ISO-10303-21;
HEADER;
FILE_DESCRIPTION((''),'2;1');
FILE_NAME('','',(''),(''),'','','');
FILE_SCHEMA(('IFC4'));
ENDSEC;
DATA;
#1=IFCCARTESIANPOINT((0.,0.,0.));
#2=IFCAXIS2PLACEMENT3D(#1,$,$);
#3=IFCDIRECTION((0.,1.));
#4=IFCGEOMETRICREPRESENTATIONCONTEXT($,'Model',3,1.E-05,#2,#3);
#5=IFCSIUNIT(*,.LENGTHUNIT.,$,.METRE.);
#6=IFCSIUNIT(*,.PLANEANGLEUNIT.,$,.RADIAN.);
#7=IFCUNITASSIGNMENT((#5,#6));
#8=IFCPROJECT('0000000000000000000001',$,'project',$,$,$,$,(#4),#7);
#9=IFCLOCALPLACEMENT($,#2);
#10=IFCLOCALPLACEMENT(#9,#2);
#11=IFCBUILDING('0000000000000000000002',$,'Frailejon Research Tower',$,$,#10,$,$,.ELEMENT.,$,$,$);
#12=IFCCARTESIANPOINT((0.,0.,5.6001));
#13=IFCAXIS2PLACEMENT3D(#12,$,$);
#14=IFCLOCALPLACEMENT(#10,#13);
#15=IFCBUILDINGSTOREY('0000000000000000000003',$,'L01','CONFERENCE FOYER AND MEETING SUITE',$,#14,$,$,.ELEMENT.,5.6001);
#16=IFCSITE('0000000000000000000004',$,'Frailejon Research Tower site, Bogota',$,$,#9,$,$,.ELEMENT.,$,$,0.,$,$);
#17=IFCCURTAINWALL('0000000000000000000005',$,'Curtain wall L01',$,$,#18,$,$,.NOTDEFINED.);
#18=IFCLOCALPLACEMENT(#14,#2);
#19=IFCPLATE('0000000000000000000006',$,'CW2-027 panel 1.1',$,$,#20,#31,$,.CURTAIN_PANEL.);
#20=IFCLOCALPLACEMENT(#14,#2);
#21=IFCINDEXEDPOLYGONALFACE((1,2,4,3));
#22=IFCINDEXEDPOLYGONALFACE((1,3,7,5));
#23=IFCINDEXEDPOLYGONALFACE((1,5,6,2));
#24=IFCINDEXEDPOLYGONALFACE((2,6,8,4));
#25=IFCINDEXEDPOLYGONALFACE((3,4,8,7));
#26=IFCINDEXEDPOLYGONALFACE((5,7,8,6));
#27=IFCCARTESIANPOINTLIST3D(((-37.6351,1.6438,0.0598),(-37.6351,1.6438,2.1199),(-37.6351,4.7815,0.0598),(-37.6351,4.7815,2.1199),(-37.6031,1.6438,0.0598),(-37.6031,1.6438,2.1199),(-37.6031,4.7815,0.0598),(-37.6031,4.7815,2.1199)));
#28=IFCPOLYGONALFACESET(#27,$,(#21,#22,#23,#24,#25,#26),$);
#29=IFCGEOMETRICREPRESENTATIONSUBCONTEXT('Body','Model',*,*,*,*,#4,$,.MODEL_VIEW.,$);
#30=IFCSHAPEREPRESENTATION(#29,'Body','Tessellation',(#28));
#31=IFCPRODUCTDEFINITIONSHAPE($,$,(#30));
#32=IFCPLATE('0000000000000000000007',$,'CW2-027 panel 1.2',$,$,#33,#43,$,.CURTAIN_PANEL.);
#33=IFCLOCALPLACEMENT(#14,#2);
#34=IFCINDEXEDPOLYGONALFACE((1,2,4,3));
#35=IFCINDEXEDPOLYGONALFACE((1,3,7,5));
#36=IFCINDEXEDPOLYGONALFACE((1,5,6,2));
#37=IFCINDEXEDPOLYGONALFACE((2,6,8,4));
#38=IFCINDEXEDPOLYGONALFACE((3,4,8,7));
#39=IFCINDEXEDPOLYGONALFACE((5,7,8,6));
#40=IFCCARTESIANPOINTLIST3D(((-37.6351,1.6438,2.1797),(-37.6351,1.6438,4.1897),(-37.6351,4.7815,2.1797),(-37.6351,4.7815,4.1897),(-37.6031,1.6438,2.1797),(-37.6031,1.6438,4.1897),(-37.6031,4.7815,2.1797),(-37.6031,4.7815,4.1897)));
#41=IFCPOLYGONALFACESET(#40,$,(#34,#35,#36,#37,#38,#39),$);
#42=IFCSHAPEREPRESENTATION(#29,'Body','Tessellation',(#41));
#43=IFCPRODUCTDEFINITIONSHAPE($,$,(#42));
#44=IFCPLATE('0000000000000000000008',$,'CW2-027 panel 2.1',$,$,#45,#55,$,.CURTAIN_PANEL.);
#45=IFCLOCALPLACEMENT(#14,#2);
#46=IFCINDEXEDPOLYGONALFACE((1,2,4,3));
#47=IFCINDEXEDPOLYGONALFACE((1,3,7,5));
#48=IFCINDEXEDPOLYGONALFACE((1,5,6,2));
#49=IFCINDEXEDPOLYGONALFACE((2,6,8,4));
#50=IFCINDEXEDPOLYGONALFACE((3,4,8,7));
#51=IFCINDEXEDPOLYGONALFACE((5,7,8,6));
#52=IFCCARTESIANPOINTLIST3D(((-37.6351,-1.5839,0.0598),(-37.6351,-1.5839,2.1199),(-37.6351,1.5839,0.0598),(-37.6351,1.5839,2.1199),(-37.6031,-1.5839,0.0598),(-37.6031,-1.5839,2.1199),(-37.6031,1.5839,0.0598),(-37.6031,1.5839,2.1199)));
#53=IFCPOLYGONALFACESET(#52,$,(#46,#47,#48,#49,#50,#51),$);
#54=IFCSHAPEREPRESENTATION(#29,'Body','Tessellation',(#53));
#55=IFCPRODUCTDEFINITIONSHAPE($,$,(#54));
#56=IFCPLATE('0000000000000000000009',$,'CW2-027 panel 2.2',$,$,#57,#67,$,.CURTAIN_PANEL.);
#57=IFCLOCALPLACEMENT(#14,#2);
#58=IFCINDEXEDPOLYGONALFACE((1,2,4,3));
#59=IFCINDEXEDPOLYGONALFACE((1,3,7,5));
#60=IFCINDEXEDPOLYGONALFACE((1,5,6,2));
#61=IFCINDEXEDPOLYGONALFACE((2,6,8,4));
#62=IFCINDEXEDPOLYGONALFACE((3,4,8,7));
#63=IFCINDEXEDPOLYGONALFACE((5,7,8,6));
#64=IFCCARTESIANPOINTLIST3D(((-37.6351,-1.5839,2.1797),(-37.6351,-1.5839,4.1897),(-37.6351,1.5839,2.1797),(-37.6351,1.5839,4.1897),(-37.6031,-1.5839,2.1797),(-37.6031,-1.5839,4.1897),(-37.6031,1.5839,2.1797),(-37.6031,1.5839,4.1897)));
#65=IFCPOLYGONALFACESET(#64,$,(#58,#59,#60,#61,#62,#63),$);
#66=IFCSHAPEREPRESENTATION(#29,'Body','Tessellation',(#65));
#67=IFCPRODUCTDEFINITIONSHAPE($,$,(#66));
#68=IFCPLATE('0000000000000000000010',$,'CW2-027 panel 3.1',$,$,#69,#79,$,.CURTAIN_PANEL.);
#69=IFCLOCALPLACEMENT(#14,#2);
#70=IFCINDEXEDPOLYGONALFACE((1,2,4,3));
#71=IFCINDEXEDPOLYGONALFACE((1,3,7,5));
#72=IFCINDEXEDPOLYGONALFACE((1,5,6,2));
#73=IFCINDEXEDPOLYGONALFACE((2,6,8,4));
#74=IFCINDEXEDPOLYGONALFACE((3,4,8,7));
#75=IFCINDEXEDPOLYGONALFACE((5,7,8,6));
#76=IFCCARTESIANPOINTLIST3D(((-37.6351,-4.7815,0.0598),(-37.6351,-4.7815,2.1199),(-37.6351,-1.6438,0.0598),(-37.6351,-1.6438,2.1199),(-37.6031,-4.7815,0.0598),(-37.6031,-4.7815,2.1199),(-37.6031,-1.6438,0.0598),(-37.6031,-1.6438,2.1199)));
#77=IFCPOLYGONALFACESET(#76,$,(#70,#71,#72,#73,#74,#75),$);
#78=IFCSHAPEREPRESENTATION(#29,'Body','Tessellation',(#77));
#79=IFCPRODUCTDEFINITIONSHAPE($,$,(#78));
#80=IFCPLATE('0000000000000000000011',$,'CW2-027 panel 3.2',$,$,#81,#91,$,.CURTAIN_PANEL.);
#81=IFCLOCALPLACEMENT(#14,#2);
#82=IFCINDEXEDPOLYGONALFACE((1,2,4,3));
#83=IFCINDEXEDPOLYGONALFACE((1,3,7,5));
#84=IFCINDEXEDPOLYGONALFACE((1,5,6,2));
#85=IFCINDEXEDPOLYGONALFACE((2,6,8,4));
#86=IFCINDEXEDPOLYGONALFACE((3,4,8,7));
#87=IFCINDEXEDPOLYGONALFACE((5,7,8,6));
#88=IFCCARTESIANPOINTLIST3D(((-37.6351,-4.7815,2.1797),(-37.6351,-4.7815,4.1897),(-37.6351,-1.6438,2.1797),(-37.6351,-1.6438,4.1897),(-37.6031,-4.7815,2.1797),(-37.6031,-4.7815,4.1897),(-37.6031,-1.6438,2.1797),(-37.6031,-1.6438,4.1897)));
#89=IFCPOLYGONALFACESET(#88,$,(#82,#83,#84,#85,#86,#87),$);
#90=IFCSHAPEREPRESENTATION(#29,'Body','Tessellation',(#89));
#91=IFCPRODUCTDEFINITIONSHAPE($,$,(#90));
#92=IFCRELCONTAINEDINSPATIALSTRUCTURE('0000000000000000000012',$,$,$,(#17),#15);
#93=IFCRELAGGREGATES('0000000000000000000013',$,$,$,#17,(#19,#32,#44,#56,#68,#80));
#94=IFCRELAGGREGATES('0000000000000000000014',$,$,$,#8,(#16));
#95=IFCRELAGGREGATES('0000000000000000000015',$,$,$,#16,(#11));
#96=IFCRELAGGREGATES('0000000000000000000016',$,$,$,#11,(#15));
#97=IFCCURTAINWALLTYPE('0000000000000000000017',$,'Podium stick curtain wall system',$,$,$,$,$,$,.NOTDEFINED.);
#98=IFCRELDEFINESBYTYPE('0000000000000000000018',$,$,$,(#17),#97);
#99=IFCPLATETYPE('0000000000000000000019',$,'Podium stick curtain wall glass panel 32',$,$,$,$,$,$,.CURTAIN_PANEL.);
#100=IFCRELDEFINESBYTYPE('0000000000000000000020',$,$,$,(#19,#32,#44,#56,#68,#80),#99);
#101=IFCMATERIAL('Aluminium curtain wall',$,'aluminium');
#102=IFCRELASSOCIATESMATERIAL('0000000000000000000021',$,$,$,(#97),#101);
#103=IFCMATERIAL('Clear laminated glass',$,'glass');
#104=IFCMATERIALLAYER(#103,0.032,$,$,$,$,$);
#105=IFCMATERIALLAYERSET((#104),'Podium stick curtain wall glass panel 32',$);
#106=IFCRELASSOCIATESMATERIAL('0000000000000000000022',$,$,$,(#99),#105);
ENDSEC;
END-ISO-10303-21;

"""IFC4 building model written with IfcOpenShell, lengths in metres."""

from ifc_helpers import new_model, si_unit, direction, frame, origin, origin_2d, place, context, subcontext, project, spatial, rectangle, extrude, material, layer, layer_set, type_object, element, aggregate, save


model = new_model("IFC4")

# Units and contexts
model_context = context("Model", 3, precision=1e-05, world=origin(), true_north=direction((0.0, 1.0)))
body_context = subcontext(model_context, "Body", "Model", "MODEL_VIEW")
ifc_project = project(units=[si_unit("LENGTHUNIT", "METRE"), si_unit("PLANEANGLEUNIT", "RADIAN")], contexts=[model_context])

# Site, building, storey
site_placement = place(None, origin())
site = spatial("IfcSite", under=ifc_project, at=site_placement, Name="Frailejon Research Tower site, Bogota", CompositionType="ELEMENT", RefElevation=0.0)
building_placement = place(site_placement, origin())
building = spatial("IfcBuilding", under=site, at=building_placement, Name="Frailejon Research Tower", CompositionType="ELEMENT")
storey_placement = place(building_placement, frame((0.0, 0.0, 5.6001)))
storey = spatial("IfcBuildingStorey", under=building, at=storey_placement, Name="L01", Description="CONFERENCE FOYER AND MEETING SUITE", CompositionType="ELEMENT", Elevation=5.6001)

# Curtain wall, plates
ifc_material_1 = material(Name="Aluminium curtain wall", Category="aluminium")
curtain_wall_type = type_object("IfcCurtainWallType", Name="Podium stick curtain wall system", PredefinedType="NOTDEFINED", material=ifc_material_1)
curtain_wall_placement = place(storey_placement, origin())
curtain_wall = element("IfcCurtainWall", 1, at=curtain_wall_placement, inside=storey, type_object=curtain_wall_type, Name="Curtain wall L01", PredefinedType="NOTDEFINED")
ifc_material_2 = material(Name="Clear laminated glass", Category="glass")
ifc_layer = layer(ifc_material_2, 0.032)
ifc_layer_set = layer_set([ifc_layer], Name="Podium stick curtain wall glass panel 32")
plate_type = type_object("IfcPlateType", Name="Podium stick curtain wall glass panel 32", PredefinedType="CURTAIN_PANEL", material=ifc_layer_set)
plate_1_placement = place(storey_placement, frame((-37.6191, 3.2126, 0.0598), z_axis=(0.0, 0.0, 1.0), x_axis=(0.0, -1.0, 0.0)))
plate_1 = element("IfcPlate", 2, at=plate_1_placement, type_object=plate_type, Name="CW2-027 panel 1.1", PredefinedType="CURTAIN_PANEL", context=body_context, shape_type="SweptSolid", body=[
    extrude(rectangle(XDim=3.1377, YDim=0.032, at=origin_2d()), origin(), (0.0, 0.0, 1.0), 2.0601),
])
plate_2_placement = place(storey_placement, frame((-37.6191, 3.2126, 2.1797), z_axis=(0.0, 0.0, 1.0), x_axis=(0.0, -1.0, 0.0)))
plate_2 = element("IfcPlate", 3, at=plate_2_placement, type_object=plate_type, Name="CW2-027 panel 1.2", PredefinedType="CURTAIN_PANEL", context=body_context, shape_type="SweptSolid", body=[
    extrude(rectangle(XDim=3.1377, YDim=0.032, at=origin_2d()), origin(), (0.0, 0.0, 1.0), 2.01),
])
plate_3_placement = place(storey_placement, frame((-37.6191, 0.0, 0.0598), z_axis=(0.0, 0.0, 1.0), x_axis=(0.0, -1.0, 0.0)))
plate_3 = element("IfcPlate", 4, at=plate_3_placement, type_object=plate_type, Name="CW2-027 panel 2.1", PredefinedType="CURTAIN_PANEL", context=body_context, shape_type="SweptSolid", body=[
    extrude(rectangle(XDim=3.1677, YDim=0.032, at=origin_2d()), origin(), (0.0, 0.0, 1.0), 2.0601),
])
plate_4_placement = place(storey_placement, frame((-37.6191, 0.0, 2.1797), z_axis=(0.0, 0.0, 1.0), x_axis=(0.0, -1.0, 0.0)))
plate_4 = element("IfcPlate", 5, at=plate_4_placement, type_object=plate_type, Name="CW2-027 panel 2.2", PredefinedType="CURTAIN_PANEL", context=body_context, shape_type="SweptSolid", body=[
    extrude(rectangle(XDim=3.1677, YDim=0.032, at=origin_2d()), origin(), (0.0, 0.0, 1.0), 2.01),
])
plate_5_placement = place(storey_placement, frame((-37.6191, -3.2126, 0.0598), z_axis=(0.0, 0.0, 1.0), x_axis=(0.0, -1.0, 0.0)))
plate_5 = element("IfcPlate", 6, at=plate_5_placement, type_object=plate_type, Name="CW2-027 panel 3.1", PredefinedType="CURTAIN_PANEL", context=body_context, shape_type="SweptSolid", body=[
    extrude(rectangle(XDim=3.1377, YDim=0.032, at=origin_2d()), origin(), (0.0, 0.0, 1.0), 2.0601),
])
plate_6_placement = place(storey_placement, frame((-37.6191, -3.2126, 2.1797), z_axis=(0.0, 0.0, 1.0), x_axis=(0.0, -1.0, 0.0)))
plate_6 = element("IfcPlate", 7, at=plate_6_placement, type_object=plate_type, Name="CW2-027 panel 3.2", PredefinedType="CURTAIN_PANEL", context=body_context, shape_type="SweptSolid", body=[
    extrude(rectangle(XDim=3.1377, YDim=0.032, at=origin_2d()), origin(), (0.0, 0.0, 1.0), 2.01),
])
aggregate(curtain_wall, [plate_1, plate_2, plate_3, plate_4, plate_5, plate_6])

save(model, "model.ifc")
